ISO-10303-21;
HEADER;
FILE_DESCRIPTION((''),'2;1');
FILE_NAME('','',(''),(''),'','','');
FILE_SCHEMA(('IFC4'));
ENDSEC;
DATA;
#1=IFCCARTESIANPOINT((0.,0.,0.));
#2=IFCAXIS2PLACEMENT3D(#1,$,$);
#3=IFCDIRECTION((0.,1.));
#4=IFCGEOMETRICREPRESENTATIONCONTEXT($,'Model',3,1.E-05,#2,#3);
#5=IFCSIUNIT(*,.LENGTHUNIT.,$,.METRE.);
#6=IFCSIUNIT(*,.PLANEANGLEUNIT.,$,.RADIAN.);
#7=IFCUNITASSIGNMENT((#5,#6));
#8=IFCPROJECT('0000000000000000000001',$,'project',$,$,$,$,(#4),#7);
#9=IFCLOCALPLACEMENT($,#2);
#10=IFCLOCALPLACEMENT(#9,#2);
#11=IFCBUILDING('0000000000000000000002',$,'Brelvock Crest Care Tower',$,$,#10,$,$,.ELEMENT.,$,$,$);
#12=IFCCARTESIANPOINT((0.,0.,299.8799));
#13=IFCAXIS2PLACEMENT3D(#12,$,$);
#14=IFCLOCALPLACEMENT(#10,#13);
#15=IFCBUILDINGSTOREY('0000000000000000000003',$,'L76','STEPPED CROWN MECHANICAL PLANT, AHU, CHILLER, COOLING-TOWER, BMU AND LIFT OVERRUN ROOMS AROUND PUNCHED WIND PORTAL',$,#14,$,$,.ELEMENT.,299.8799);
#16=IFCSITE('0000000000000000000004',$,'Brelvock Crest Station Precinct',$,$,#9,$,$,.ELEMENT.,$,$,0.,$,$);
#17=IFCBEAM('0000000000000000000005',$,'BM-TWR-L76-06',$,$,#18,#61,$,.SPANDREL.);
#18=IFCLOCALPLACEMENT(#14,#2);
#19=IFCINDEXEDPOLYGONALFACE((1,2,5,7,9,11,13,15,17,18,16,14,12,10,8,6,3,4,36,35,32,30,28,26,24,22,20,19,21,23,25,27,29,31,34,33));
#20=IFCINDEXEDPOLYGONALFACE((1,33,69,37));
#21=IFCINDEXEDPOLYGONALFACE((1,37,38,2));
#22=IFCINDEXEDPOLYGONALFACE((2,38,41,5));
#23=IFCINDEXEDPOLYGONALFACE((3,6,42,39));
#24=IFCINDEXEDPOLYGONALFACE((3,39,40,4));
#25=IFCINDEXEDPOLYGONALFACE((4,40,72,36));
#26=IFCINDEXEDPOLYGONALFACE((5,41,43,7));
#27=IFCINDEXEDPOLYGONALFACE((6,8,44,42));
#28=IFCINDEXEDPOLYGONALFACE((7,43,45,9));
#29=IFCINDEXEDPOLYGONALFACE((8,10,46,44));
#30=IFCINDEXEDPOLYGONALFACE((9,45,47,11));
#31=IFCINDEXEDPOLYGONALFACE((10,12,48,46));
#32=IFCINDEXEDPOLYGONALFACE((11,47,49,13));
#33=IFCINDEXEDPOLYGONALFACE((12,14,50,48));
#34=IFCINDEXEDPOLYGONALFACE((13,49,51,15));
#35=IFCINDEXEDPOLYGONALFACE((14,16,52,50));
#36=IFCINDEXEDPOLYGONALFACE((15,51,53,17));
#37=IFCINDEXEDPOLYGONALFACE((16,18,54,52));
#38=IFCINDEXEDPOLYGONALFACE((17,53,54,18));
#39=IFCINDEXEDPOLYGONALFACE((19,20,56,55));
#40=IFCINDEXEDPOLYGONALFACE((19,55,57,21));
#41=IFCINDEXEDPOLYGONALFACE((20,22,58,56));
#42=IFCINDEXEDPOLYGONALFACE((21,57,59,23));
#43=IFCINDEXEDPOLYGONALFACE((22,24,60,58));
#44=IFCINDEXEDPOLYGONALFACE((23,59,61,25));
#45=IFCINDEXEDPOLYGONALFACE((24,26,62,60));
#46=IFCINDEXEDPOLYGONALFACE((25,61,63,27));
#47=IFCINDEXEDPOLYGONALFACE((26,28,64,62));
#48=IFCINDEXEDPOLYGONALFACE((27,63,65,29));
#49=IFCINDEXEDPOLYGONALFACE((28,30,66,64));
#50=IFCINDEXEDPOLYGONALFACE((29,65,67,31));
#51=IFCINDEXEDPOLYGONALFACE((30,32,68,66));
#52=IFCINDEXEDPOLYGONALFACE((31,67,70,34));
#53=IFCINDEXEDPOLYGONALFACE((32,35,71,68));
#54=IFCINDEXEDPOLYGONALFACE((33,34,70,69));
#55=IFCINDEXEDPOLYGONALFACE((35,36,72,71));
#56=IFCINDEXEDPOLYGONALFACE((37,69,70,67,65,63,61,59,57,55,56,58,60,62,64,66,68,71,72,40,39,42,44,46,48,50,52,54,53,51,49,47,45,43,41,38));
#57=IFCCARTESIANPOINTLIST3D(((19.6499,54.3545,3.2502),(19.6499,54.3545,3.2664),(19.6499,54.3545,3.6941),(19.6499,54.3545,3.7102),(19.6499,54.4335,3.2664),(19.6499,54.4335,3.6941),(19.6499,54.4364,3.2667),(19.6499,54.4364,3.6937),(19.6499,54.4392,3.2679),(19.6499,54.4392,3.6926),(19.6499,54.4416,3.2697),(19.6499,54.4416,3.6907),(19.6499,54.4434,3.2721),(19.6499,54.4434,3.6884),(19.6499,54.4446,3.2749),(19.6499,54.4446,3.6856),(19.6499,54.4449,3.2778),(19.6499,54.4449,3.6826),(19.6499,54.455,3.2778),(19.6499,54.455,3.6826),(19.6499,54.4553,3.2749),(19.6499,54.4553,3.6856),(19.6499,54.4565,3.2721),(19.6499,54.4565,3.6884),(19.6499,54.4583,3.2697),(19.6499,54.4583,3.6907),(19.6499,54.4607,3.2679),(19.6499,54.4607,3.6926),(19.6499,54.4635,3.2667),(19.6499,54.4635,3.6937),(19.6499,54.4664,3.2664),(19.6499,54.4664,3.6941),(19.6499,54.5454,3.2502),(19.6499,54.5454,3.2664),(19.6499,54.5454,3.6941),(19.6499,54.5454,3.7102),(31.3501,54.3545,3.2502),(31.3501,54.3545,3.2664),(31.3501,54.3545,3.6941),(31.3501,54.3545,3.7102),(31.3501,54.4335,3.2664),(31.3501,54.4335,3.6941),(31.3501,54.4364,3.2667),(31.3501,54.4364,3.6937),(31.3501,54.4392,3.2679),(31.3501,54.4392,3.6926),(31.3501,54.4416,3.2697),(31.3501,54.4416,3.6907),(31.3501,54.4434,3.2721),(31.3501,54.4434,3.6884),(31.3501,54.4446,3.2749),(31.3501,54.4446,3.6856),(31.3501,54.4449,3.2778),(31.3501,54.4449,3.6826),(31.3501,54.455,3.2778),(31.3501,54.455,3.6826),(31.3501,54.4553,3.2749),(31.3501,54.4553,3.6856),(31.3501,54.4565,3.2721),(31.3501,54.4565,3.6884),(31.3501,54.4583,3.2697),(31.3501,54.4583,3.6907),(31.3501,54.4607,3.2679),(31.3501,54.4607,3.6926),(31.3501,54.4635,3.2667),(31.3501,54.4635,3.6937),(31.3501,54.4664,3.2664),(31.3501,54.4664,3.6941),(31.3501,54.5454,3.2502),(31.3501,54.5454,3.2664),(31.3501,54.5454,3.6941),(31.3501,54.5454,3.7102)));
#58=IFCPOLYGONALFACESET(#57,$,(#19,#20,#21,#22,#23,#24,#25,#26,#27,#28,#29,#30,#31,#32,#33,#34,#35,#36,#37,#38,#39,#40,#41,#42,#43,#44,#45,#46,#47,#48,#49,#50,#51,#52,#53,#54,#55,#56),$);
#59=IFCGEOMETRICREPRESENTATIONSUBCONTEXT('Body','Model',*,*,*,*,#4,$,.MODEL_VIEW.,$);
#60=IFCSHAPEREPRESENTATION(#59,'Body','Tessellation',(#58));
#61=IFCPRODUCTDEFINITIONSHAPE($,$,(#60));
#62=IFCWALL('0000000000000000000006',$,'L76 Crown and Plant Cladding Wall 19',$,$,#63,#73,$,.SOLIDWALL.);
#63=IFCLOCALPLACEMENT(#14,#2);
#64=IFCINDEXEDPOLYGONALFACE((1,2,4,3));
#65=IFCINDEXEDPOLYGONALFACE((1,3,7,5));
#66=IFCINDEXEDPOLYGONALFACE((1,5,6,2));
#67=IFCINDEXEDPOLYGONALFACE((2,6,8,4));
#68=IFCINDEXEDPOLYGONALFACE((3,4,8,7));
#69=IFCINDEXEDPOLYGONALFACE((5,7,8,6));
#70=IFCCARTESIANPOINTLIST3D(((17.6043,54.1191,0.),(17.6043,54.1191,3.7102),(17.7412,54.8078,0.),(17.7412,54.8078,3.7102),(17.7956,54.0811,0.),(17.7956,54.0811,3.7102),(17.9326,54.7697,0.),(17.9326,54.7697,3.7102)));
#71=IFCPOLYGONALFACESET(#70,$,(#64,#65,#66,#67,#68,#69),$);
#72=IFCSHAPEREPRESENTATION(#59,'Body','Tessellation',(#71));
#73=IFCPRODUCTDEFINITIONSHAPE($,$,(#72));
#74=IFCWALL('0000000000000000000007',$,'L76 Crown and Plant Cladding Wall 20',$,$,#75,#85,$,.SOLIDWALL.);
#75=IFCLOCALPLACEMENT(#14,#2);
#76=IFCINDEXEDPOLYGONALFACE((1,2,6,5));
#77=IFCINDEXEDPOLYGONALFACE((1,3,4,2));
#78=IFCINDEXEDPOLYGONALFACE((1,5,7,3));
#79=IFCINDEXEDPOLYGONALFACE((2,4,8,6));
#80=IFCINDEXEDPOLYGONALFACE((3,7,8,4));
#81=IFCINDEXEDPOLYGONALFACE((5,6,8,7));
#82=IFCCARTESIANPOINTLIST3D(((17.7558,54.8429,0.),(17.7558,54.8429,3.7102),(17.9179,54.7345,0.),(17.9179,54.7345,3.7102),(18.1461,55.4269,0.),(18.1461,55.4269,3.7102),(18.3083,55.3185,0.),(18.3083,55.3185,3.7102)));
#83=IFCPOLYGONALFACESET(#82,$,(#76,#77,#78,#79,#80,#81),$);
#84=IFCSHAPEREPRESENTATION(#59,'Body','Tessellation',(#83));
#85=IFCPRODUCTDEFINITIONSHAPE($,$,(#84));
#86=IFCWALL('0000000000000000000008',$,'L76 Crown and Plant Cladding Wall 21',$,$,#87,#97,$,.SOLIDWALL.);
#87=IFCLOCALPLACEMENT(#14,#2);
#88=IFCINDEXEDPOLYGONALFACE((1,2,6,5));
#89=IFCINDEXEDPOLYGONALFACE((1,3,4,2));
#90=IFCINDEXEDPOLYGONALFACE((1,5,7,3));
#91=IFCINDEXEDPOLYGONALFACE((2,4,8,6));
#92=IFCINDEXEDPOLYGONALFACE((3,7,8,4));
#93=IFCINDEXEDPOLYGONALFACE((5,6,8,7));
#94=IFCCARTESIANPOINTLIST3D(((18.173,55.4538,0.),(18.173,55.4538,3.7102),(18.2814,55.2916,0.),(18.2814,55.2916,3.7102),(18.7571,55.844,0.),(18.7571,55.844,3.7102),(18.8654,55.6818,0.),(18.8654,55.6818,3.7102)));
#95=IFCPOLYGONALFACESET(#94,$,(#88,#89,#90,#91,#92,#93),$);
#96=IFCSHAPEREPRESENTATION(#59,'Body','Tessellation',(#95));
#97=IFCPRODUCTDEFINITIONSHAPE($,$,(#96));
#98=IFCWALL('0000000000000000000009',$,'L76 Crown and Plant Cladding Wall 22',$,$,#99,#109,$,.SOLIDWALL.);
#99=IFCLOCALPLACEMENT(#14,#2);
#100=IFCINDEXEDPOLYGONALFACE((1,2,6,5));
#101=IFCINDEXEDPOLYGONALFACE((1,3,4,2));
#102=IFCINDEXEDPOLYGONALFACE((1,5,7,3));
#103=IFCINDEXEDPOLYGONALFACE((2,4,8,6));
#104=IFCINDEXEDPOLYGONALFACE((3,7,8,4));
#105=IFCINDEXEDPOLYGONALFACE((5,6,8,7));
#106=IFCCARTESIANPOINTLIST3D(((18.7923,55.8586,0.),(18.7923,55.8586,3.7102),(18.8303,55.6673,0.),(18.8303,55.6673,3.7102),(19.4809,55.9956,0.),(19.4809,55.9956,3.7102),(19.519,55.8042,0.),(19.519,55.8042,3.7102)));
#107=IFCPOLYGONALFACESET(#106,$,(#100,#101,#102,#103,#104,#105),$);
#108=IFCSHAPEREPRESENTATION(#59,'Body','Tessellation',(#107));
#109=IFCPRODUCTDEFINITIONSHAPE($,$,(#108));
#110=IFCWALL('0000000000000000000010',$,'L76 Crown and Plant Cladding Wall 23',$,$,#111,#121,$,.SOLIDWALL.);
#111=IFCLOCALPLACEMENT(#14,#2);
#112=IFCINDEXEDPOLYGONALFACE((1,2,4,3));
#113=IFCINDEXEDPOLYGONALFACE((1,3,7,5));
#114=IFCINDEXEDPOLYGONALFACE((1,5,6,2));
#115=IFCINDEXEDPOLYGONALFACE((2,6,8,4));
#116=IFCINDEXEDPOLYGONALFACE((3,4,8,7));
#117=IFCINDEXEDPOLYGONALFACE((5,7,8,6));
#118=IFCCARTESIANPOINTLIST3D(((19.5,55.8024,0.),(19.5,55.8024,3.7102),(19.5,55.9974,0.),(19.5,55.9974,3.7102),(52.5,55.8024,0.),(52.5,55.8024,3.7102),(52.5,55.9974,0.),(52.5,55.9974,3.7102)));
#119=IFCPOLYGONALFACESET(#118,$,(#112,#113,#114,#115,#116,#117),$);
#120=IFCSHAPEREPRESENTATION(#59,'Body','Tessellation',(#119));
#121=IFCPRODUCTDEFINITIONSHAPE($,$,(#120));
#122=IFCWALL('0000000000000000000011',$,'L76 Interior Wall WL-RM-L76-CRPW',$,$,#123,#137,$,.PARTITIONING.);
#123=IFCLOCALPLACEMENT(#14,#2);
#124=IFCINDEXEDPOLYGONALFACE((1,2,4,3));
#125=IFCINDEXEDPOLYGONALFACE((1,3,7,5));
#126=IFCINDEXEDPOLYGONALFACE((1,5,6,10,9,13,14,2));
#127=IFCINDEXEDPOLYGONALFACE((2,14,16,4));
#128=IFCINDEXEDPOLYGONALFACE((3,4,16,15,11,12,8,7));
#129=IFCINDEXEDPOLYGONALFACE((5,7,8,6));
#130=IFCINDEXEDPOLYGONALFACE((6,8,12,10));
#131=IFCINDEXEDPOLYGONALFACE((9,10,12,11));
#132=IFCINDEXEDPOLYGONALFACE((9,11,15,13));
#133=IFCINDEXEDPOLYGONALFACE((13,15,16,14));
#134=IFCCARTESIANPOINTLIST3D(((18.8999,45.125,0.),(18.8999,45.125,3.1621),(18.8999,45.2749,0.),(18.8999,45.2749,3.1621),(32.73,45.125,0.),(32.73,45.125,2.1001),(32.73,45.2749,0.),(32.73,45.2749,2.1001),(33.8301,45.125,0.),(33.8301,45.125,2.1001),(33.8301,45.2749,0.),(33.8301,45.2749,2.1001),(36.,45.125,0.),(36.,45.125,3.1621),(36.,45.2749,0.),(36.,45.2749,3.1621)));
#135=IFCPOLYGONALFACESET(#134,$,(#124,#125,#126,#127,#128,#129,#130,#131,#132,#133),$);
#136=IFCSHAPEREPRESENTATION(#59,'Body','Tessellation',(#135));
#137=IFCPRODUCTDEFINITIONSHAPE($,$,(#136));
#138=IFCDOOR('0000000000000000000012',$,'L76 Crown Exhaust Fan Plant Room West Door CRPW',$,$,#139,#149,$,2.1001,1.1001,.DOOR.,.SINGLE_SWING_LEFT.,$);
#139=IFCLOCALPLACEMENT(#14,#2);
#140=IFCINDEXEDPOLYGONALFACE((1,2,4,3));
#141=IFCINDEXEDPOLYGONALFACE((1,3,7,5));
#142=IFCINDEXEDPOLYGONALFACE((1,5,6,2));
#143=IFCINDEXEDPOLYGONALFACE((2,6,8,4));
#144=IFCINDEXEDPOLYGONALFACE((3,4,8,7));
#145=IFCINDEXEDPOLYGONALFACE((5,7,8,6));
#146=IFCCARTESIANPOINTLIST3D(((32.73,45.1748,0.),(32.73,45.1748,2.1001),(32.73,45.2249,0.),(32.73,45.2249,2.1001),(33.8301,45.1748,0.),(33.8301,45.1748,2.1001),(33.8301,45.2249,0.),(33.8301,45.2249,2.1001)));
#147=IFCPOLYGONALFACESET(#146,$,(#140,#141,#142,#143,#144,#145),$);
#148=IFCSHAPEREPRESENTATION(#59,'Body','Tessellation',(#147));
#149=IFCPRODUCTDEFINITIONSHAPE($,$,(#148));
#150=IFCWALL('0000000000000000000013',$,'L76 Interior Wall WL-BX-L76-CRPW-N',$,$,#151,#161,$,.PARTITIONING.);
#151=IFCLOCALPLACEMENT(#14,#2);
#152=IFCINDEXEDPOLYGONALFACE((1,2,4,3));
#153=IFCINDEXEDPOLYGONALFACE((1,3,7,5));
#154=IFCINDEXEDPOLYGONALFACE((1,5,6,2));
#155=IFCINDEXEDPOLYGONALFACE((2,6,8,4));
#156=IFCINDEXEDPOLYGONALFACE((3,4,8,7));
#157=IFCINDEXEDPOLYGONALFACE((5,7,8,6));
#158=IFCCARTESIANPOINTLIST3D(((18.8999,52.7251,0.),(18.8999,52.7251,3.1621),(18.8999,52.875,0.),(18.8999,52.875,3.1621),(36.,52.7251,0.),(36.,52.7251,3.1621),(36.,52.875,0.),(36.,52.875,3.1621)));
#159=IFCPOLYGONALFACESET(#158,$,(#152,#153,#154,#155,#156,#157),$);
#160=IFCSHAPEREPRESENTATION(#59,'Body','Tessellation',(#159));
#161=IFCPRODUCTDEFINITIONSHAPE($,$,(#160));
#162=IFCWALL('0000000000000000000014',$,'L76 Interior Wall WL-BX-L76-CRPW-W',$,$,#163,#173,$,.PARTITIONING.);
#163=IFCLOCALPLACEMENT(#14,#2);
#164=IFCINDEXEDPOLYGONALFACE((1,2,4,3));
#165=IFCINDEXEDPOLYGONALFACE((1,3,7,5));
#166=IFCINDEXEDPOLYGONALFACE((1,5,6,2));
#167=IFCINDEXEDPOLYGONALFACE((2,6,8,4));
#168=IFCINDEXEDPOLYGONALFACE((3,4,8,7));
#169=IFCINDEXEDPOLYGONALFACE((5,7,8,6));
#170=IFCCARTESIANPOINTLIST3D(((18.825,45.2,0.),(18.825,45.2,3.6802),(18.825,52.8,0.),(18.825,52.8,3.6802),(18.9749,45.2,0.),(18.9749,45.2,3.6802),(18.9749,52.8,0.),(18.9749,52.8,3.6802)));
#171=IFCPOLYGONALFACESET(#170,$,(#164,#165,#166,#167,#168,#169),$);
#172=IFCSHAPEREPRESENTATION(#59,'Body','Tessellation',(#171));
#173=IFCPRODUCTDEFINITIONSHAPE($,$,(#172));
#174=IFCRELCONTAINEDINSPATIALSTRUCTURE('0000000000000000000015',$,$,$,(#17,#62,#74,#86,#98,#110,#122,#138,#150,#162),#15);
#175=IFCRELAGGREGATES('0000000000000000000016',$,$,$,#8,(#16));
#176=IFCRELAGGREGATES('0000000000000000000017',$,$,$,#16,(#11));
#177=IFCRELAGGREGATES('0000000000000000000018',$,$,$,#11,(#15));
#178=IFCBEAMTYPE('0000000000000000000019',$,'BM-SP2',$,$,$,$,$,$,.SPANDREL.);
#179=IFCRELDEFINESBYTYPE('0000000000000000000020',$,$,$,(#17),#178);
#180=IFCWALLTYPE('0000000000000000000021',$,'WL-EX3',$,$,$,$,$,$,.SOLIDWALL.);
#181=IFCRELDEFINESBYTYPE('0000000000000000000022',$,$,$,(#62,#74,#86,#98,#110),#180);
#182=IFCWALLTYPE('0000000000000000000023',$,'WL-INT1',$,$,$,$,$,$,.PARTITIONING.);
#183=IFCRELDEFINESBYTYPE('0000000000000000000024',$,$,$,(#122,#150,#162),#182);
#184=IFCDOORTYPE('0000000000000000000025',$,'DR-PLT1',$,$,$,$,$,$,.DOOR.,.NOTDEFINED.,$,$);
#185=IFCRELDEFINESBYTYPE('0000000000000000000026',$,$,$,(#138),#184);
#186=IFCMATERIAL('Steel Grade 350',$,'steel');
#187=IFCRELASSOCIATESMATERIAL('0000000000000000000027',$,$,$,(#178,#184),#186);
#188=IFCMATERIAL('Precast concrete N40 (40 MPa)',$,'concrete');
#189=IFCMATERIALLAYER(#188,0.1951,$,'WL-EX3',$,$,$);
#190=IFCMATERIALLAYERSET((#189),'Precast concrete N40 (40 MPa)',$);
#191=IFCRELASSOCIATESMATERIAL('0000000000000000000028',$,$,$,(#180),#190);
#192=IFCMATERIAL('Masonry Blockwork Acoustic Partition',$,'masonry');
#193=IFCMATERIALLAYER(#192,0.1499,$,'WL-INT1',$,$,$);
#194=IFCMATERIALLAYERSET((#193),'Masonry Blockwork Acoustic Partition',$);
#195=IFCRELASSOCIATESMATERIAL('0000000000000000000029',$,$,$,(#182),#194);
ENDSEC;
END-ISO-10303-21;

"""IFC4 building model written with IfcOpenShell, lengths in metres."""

from ifc_helpers import new_model, si_unit, direction, frame, frame_2d, origin, origin_2d, place, context, subcontext, project, spatial, rectangle, i_section, extrude, source, transform, mapped, material, layer, layer_set, material_profile, profile_set, type_object, element, fill, save


model = new_model("IFC4")

# Units and contexts
model_context = context("Model", 3, precision=1e-05, world=origin(), true_north=direction((0.0, 1.0)))
body_context = subcontext(model_context, "Body", "Model", "MODEL_VIEW")
ifc_project = project(units=[si_unit("LENGTHUNIT", "METRE"), si_unit("PLANEANGLEUNIT", "RADIAN")], contexts=[model_context])

# Site, building, storey
site_placement = place(None, origin())
site = spatial("IfcSite", under=ifc_project, at=site_placement, Name="Brelvock Crest Station Precinct", CompositionType="ELEMENT", RefElevation=0.0)
building_placement = place(site_placement, origin())
building = spatial("IfcBuilding", under=site, at=building_placement, Name="Brelvock Crest Care Tower", CompositionType="ELEMENT")
storey_placement = place(building_placement, frame((0.0, 0.0, 299.8799)))
storey = spatial("IfcBuildingStorey", under=building, at=storey_placement, Name="L76", Description="STEPPED CROWN MECHANICAL PLANT, AHU, CHILLER, COOLING-TOWER, BMU AND LIFT OVERRUN ROOMS AROUND PUNCHED WIND PORTAL", CompositionType="ELEMENT", Elevation=299.8799)

# Shared definitions
ifc_material_1 = material(Name="Steel Grade 350", Category="steel")

# Beam
ifc_material_profile_1 = material_profile(ifc_material_1, i_section(OverallWidth=0.1909, OverallDepth=0.46, WebThickness=0.01, FlangeThickness=0.0161, FilletRadius=0.0115, at=origin_2d()), Name="460UB82.1")
ifc_profile_set_1 = profile_set([ifc_material_profile_1], Name="Steel Grade 350")
beam_type_1 = type_object("IfcBeamType", Name="BM-SP2", PredefinedType="SPANDREL", material=ifc_profile_set_1)
shared_shape_1 = source(origin(), body_context, "Body", "SweptSolid", [
    extrude(i_section(OverallWidth=0.1909, OverallDepth=0.46, WebThickness=0.01, FlangeThickness=0.0161, FilletRadius=0.0115, at=origin_2d()), origin(), (0.0, 0.0, 1.0), 11.7002),
])
for number, where, z_axis, x_axis, name in (
    (1, (19.6499, 54.45, 3.4802), (1.0, 0.0, 0.0), (0.0, 1.0, 0.0), "BM-TWR-L76-06"),
):
    element("IfcBeam", number, at=place(storey_placement, frame(where, z_axis=z_axis, x_axis=x_axis)), inside=storey, type_object=beam_type_1, Name=name, PredefinedType="SPANDREL", context=body_context, shape_type="MappedRepresentation", body=[
        mapped(shared_shape_1, transform((0.0, 0.0, 0.0), x_axis=(1.0, 0.0, 0.0), y_axis=(0.0, 1.0, 0.0), z_axis=(0.0, 0.0, 1.0), scale=1.0)),
    ])

# Walls
ifc_material_2 = material(Name="Precast concrete N40 (40 MPa)", Category="concrete")
ifc_layer_1 = layer(ifc_material_2, 0.1951, Name="WL-EX3")
ifc_layer_set_1 = layer_set([ifc_layer_1], Name="Precast concrete N40 (40 MPa)")
wall_type_1 = type_object("IfcWallType", Name="WL-EX3", PredefinedType="SOLIDWALL", material=ifc_layer_set_1)
wall_1_placement = place(storey_placement, frame((17.7, 54.1001, 0.0), z_axis=(0.0, 0.0, 1.0), x_axis=(0.195046, 0.980794, 0.0)))
element("IfcWall", 2, at=wall_1_placement, inside=storey, type_object=wall_type_1, Name="L76 Crown and Plant Cladding Wall 19", PredefinedType="SOLIDWALL", context=body_context, shape_type="SweptSolid", body=[
    extrude(rectangle(XDim=0.7021, YDim=0.1951, at=frame_2d((0.3511, 0.0))), origin(), (0.0, 0.0, 1.0), 3.7102),
])
for number, where, z_axis, x_axis, name in (
    (3, (17.8369, 54.7888, 0.0), (0.0, 0.0, 1.0), (0.555742, 0.831355, 0.0), "L76 Crown and Plant Cladding Wall 20"),
    (4, (18.2273, 55.3728, 0.0), (0.0, 0.0, 1.0), (0.831515, 0.555502, 0.0), "L76 Crown and Plant Cladding Wall 21"),
):
    element("IfcWall", number, at=place(storey_placement, frame(where, z_axis=z_axis, x_axis=x_axis)), inside=storey, type_object=wall_type_1, Name=name, PredefinedType="SOLIDWALL", context=body_context, shape_type="SweptSolid", body=[
        extrude(rectangle(XDim=0.7024, YDim=0.1951, at=frame_2d((0.3511, 0.0))), origin(), (0.0, 0.0, 1.0), 3.7102),
    ])
wall_2_placement = place(storey_placement, frame((18.8113, 55.7629, 0.0), z_axis=(0.0, 0.0, 1.0), x_axis=(0.980794, 0.195046, 0.0)))
element("IfcWall", 5, at=wall_2_placement, inside=storey, type_object=wall_type_1, Name="L76 Crown and Plant Cladding Wall 22", PredefinedType="SOLIDWALL", context=body_context, shape_type="SweptSolid", body=[
    extrude(rectangle(XDim=0.7021, YDim=0.1951, at=frame_2d((0.3511, 0.0))), origin(), (0.0, 0.0, 1.0), 3.7102),
])
wall_3_placement = place(storey_placement, frame((19.5, 55.8999, 0.0), z_axis=(0.0, 0.0, 1.0), x_axis=(1.0, 0.0, 0.0)))
element("IfcWall", 6, at=wall_3_placement, inside=storey, type_object=wall_type_1, Name="L76 Crown and Plant Cladding Wall 23", PredefinedType="SOLIDWALL", context=body_context, shape_type="SweptSolid", body=[
    extrude(rectangle(XDim=33.0, YDim=0.1951, at=frame_2d((16.5, 0.0))), origin(), (0.0, 0.0, 1.0), 3.7102),
])

# Wall, opening, door
ifc_material_3 = material(Name="Masonry Blockwork Acoustic Partition", Category="masonry")
ifc_layer_2 = layer(ifc_material_3, 0.1499, Name="WL-INT1")
ifc_layer_set_2 = layer_set([ifc_layer_2], Name="Masonry Blockwork Acoustic Partition")
wall_type_2 = type_object("IfcWallType", Name="WL-INT1", PredefinedType="PARTITIONING", material=ifc_layer_set_2)
wall_4_placement = place(storey_placement, frame((18.8999, 45.2, 0.0), z_axis=(0.0, 0.0, 1.0), x_axis=(1.0, 0.0, 0.0)))
wall_4 = element("IfcWall", 7, at=wall_4_placement, inside=storey, type_object=wall_type_2, Name="L76 Interior Wall WL-RM-L76-CRPW", PredefinedType="PARTITIONING", context=body_context, shape_type="SweptSolid", body=[
    extrude(rectangle(XDim=17.1001, YDim=0.1499, at=frame_2d((8.55, 0.0))), origin(), (0.0, 0.0, 1.0), 3.1621),
])
opening_placement = place(wall_4_placement, frame((13.8301, 0.0, 0.0)))
opening = element("IfcOpeningElement", 8, at=opening_placement, cuts=wall_4, PredefinedType="OPENING", context=body_context, shape_type="SweptSolid", body=[
    extrude(rectangle(XDim=1.1001, YDim=2.1001, at=origin_2d()), frame((0.55, 0.085, 1.05), z_axis=(0.0, -1.0, 0.0), x_axis=(1.0, 0.0, 0.0)), (0.0, 0.0, 1.0), 0.1699),
])
door_type = type_object("IfcDoorType", Name="DR-PLT1", OperationType="NOTDEFINED", PredefinedType="DOOR", material=ifc_material_1)
shared_shape_2 = source(origin(), body_context, "Body", "SweptSolid", [
    extrude(rectangle(XDim=1.1001, YDim=2.1001, at=origin_2d()), frame((0.55, 0.0249, 1.05), z_axis=(0.0, -1.0, 0.0), x_axis=(1.0, 0.0, 0.0)), (0.0, 0.0, 1.0), 0.05),
])
door_placement = place(opening_placement, origin())
door = element("IfcDoor", 9, at=door_placement, inside=storey, type_object=door_type, Name="L76 Crown Exhaust Fan Plant Room West Door CRPW", OperationType="SINGLE_SWING_LEFT", OverallHeight=2.1001, OverallWidth=1.1001, PredefinedType="DOOR", context=body_context, shape_type="MappedRepresentation", body=[
    mapped(shared_shape_2, transform((0.0, 0.0, 0.0), x_axis=(1.0, 0.0, 0.0), y_axis=(0.0, 1.0, 0.0), z_axis=(0.0, 0.0, 1.0), scale=1.0)),
])
fill(opening, door)

# Walls
wall_5_placement = place(storey_placement, frame((18.8999, 52.8, 0.0), z_axis=(0.0, 0.0, 1.0), x_axis=(1.0, 0.0, 0.0)))
element("IfcWall", 10, at=wall_5_placement, inside=storey, type_object=wall_type_2, Name="L76 Interior Wall WL-BX-L76-CRPW-N", PredefinedType="PARTITIONING", context=body_context, shape_type="SweptSolid", body=[
    extrude(rectangle(XDim=17.1001, YDim=0.1499, at=frame_2d((8.55, 0.0))), origin(), (0.0, 0.0, 1.0), 3.1621),
])
wall_6_placement = place(storey_placement, frame((18.8999, 45.2, 0.0), z_axis=(0.0, 0.0, 1.0), x_axis=(0.0, 1.0, 0.0)))
element("IfcWall", 11, at=wall_6_placement, inside=storey, type_object=wall_type_2, Name="L76 Interior Wall WL-BX-L76-CRPW-W", PredefinedType="PARTITIONING", context=body_context, shape_type="SweptSolid", body=[
    extrude(rectangle(XDim=7.6001, YDim=0.1499, at=frame_2d((3.8, 0.0))), origin(), (0.0, 0.0, 1.0), 3.6802),
])

save(model, "model.ifc")
